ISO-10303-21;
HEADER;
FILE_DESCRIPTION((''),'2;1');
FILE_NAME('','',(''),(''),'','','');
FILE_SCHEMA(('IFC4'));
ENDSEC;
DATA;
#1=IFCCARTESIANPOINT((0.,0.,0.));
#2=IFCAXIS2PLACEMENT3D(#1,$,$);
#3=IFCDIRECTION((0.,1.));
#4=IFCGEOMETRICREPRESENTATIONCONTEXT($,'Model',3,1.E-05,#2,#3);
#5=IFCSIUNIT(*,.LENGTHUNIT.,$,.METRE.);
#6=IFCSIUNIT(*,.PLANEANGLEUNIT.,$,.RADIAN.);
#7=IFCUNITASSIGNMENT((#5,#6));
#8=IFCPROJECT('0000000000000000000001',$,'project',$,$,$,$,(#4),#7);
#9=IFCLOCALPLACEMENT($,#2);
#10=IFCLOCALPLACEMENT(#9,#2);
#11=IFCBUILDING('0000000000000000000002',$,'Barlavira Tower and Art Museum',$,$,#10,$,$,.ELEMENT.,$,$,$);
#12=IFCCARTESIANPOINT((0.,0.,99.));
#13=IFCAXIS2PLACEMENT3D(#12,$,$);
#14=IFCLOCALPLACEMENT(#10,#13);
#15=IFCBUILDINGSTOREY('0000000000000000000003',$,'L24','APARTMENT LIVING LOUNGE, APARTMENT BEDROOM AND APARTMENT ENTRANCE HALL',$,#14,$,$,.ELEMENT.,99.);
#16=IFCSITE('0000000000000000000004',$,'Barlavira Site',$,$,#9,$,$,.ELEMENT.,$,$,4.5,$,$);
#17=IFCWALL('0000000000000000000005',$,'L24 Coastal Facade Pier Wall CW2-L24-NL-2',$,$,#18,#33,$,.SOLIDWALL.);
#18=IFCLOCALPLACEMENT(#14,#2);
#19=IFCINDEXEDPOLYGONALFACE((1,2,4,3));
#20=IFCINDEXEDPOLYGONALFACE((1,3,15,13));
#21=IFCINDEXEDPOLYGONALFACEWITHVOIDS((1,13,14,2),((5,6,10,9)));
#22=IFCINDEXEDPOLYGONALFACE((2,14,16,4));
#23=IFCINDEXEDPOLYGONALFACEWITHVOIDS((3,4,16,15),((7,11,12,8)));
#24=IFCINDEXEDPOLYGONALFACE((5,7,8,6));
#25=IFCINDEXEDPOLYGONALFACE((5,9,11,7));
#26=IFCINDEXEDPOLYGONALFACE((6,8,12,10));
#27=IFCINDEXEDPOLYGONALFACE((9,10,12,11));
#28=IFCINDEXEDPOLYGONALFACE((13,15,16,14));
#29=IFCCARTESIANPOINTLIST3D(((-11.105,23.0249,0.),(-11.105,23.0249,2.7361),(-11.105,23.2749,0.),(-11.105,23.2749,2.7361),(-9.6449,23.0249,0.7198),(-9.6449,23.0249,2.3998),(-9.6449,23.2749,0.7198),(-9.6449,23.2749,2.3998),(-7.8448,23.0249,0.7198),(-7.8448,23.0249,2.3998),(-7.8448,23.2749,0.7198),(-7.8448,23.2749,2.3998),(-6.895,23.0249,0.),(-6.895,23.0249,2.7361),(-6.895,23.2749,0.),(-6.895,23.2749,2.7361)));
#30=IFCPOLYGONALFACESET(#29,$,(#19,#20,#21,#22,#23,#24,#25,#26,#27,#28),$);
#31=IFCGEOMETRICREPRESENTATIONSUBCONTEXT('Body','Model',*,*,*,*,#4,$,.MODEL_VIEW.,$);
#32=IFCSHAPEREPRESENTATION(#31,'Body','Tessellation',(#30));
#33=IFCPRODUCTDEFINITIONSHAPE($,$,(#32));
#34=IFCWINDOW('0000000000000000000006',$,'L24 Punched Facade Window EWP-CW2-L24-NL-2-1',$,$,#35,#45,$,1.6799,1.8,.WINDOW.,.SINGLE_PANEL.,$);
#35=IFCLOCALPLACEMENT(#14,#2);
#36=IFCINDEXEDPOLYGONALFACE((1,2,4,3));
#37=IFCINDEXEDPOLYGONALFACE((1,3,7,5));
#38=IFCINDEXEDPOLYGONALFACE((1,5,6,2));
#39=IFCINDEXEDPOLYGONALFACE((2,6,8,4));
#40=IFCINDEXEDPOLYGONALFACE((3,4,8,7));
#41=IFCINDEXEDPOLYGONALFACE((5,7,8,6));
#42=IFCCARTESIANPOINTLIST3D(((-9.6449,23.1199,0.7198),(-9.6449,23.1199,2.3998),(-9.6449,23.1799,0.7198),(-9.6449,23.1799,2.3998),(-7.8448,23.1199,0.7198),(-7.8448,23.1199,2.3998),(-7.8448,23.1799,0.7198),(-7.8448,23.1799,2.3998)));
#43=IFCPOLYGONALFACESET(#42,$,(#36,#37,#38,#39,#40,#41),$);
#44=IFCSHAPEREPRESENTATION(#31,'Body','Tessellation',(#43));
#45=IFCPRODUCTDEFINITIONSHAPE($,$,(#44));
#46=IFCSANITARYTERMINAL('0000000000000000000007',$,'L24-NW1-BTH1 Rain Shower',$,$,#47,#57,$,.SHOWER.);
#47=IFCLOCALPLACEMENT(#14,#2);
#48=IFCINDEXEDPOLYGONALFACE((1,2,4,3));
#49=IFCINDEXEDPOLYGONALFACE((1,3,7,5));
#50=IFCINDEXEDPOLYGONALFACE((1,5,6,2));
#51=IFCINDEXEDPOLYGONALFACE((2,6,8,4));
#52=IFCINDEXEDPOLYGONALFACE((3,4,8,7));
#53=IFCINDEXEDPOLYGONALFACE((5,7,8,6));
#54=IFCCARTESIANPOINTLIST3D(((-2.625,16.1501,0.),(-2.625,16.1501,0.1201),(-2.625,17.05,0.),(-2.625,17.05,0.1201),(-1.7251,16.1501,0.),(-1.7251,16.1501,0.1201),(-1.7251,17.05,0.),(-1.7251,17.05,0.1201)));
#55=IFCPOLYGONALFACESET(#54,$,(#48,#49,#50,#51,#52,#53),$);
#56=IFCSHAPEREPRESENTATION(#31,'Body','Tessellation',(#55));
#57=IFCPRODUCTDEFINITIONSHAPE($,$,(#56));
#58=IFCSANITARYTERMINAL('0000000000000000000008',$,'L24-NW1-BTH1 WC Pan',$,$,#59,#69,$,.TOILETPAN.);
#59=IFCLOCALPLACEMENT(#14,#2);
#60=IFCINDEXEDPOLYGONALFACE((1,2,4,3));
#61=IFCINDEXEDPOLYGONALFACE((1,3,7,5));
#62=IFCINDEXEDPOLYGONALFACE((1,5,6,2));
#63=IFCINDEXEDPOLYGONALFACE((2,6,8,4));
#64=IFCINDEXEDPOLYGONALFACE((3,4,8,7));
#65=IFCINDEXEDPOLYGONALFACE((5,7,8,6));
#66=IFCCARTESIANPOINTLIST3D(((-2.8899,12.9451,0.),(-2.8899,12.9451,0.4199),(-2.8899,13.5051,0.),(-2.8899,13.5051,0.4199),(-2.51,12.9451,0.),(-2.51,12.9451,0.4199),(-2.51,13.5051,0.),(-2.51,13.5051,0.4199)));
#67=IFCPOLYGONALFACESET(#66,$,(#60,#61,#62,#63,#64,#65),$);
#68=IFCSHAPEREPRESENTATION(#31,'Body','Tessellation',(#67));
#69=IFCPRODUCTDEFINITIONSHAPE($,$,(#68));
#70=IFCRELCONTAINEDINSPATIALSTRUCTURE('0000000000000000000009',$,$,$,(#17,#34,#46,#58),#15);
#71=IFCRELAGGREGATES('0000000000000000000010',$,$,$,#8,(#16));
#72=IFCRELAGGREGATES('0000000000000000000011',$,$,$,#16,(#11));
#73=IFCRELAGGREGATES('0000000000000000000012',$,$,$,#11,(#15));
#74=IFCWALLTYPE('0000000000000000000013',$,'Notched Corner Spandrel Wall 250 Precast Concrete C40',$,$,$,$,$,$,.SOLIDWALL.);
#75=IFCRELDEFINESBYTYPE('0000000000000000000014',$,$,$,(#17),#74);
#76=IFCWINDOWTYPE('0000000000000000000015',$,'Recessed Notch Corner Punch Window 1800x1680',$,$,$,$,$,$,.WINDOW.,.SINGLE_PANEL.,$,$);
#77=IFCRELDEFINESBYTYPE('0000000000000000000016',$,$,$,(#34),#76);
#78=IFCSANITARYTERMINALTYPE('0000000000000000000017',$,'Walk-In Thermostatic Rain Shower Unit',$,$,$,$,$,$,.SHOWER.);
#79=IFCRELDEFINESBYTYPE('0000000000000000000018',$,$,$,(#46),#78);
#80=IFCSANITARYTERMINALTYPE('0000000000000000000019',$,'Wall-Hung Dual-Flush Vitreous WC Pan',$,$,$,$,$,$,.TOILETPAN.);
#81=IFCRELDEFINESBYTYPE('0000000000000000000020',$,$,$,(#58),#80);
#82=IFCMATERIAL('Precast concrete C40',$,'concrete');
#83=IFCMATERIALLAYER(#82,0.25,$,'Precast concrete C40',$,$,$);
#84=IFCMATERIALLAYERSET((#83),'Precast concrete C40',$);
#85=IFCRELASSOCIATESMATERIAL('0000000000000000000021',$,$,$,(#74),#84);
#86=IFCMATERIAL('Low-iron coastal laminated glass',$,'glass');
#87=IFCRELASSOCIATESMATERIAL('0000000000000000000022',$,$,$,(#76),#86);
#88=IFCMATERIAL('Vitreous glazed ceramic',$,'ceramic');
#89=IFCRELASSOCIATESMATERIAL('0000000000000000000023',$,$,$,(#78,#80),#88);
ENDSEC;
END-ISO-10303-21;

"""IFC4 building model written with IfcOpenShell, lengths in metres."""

from ifc_helpers import new_model, si_unit, direction, frame, frame_2d, origin, origin_2d, place, context, subcontext, project, spatial, rectangle, extrude, material, layer, layer_set, type_object, element, fill, save


model = new_model("IFC4")

# Units and contexts
model_context = context("Model", 3, precision=1e-05, world=origin(), true_north=direction((0.0, 1.0)))
body_context = subcontext(model_context, "Body", "Model", "MODEL_VIEW")
ifc_project = project(units=[si_unit("LENGTHUNIT", "METRE"), si_unit("PLANEANGLEUNIT", "RADIAN")], contexts=[model_context])

# Site, building, storey
site_placement = place(None, origin())
site = spatial("IfcSite", under=ifc_project, at=site_placement, Name="Barlavira Site", CompositionType="ELEMENT", RefElevation=4.5)
building_placement = place(site_placement, origin())
building = spatial("IfcBuilding", under=site, at=building_placement, Name="Barlavira Tower and Art Museum", CompositionType="ELEMENT")
storey_placement = place(building_placement, frame((0.0, 0.0, 99.0)))
storey = spatial("IfcBuildingStorey", under=building, at=storey_placement, Name="L24", Description="APARTMENT LIVING LOUNGE, APARTMENT BEDROOM AND APARTMENT ENTRANCE HALL", CompositionType="ELEMENT", Elevation=99.0)

# Wall, opening, window
ifc_material_1 = material(Name="Precast concrete C40", Category="concrete")
ifc_layer_1 = layer(ifc_material_1, 0.25, Name="Precast concrete C40")
ifc_layer_set_1 = layer_set([ifc_layer_1], Name="Precast concrete C40")
wall_type_1 = type_object("IfcWallType", Name="Notched Corner Spandrel Wall 250 Precast Concrete C40", PredefinedType="SOLIDWALL", material=ifc_layer_set_1)
wall_1_placement = place(storey_placement, frame((-6.895, 23.1499, 0.0), z_axis=(0.0, 0.0, 1.0), x_axis=(-1.0, 0.0, 0.0)))
wall_1 = element("IfcWall", 1, at=wall_1_placement, inside=storey, type_object=wall_type_1, Name="L24 Coastal Facade Pier Wall CW2-L24-NL-2", PredefinedType="SOLIDWALL", context=body_context, shape_type="SweptSolid", body=[
    extrude(rectangle(XDim=4.21, YDim=0.25, at=frame_2d((2.105, 0.0))), origin(), (0.0, 0.0, 1.0), 2.7361),
])
opening_1_placement = place(wall_1_placement, frame((0.95, 0.0, 0.72)))
opening_1 = element("IfcOpeningElement", 2, at=opening_1_placement, cuts=wall_1, PredefinedType="OPENING", context=body_context, shape_type="SweptSolid", body=[
    extrude(rectangle(XDim=1.8, YDim=1.6799, at=frame_2d((0.8999, 0.8398))), frame((0.0, 0.135, 0.0), z_axis=(0.0, -1.0, 0.0), x_axis=(1.0, 0.0, 0.0)), (0.0, 0.0, 1.0), 0.27),
])
ifc_material_2 = material(Name="Low-iron coastal laminated glass", Category="glass")
window_type = type_object("IfcWindowType", Name="Recessed Notch Corner Punch Window 1800x1680", PartitioningType="SINGLE_PANEL", PredefinedType="WINDOW", material=ifc_material_2)
window_placement = place(opening_1_placement, origin())
window = element("IfcWindow", 3, at=window_placement, inside=storey, type_object=window_type, Name="L24 Punched Facade Window EWP-CW2-L24-NL-2-1", OverallHeight=1.6799, OverallWidth=1.8, PartitioningType="SINGLE_PANEL", PredefinedType="WINDOW", context=body_context, shape_type="SweptSolid", body=[
    extrude(rectangle(XDim=1.8, YDim=1.6799, at=frame_2d((0.8999, 0.8398))), frame((0.0, 0.03, 0.0), z_axis=(0.0, -1.0, 0.0), x_axis=(1.0, 0.0, 0.0)), (0.0, 0.0, 1.0), 0.0601),
])
fill(opening_1, window)

# Sanitary terminals
ifc_material_3 = material(Name="Vitreous glazed ceramic", Category="ceramic")
sanitary_terminal_type_1 = type_object("IfcSanitaryTerminalType", Name="Walk-In Thermostatic Rain Shower Unit", PredefinedType="SHOWER", material=ifc_material_3)
sanitary_terminal_1_placement = place(storey_placement, frame((-2.175, 16.6001, 0.0), z_axis=(0.0, 0.0, 1.0), x_axis=(1.0, 0.0, 0.0)))
element("IfcSanitaryTerminal", 4, at=sanitary_terminal_1_placement, inside=storey, type_object=sanitary_terminal_type_1, Name="L24-NW1-BTH1 Rain Shower", PredefinedType="SHOWER", context=body_context, shape_type="SweptSolid", body=[
    extrude(rectangle(XDim=0.8999, YDim=0.8999, at=origin_2d()), origin(), (0.0, 0.0, 1.0), 0.1201),
])
sanitary_terminal_type_2 = type_object("IfcSanitaryTerminalType", Name="Wall-Hung Dual-Flush Vitreous WC Pan", PredefinedType="TOILETPAN", material=ifc_material_3)
sanitary_terminal_2_placement = place(storey_placement, frame((-2.7, 13.2251, 0.0), z_axis=(0.0, 0.0, 1.0), x_axis=(1.0, 0.0, 0.0)))
element("IfcSanitaryTerminal", 5, at=sanitary_terminal_2_placement, inside=storey, type_object=sanitary_terminal_type_2, Name="L24-NW1-BTH1 WC Pan", PredefinedType="TOILETPAN", context=body_context, shape_type="SweptSolid", body=[
    extrude(rectangle(XDim=0.3799, YDim=0.5601, at=origin_2d()), origin(), (0.0, 0.0, 1.0), 0.4199),
])

save(model, "model.ifc")
